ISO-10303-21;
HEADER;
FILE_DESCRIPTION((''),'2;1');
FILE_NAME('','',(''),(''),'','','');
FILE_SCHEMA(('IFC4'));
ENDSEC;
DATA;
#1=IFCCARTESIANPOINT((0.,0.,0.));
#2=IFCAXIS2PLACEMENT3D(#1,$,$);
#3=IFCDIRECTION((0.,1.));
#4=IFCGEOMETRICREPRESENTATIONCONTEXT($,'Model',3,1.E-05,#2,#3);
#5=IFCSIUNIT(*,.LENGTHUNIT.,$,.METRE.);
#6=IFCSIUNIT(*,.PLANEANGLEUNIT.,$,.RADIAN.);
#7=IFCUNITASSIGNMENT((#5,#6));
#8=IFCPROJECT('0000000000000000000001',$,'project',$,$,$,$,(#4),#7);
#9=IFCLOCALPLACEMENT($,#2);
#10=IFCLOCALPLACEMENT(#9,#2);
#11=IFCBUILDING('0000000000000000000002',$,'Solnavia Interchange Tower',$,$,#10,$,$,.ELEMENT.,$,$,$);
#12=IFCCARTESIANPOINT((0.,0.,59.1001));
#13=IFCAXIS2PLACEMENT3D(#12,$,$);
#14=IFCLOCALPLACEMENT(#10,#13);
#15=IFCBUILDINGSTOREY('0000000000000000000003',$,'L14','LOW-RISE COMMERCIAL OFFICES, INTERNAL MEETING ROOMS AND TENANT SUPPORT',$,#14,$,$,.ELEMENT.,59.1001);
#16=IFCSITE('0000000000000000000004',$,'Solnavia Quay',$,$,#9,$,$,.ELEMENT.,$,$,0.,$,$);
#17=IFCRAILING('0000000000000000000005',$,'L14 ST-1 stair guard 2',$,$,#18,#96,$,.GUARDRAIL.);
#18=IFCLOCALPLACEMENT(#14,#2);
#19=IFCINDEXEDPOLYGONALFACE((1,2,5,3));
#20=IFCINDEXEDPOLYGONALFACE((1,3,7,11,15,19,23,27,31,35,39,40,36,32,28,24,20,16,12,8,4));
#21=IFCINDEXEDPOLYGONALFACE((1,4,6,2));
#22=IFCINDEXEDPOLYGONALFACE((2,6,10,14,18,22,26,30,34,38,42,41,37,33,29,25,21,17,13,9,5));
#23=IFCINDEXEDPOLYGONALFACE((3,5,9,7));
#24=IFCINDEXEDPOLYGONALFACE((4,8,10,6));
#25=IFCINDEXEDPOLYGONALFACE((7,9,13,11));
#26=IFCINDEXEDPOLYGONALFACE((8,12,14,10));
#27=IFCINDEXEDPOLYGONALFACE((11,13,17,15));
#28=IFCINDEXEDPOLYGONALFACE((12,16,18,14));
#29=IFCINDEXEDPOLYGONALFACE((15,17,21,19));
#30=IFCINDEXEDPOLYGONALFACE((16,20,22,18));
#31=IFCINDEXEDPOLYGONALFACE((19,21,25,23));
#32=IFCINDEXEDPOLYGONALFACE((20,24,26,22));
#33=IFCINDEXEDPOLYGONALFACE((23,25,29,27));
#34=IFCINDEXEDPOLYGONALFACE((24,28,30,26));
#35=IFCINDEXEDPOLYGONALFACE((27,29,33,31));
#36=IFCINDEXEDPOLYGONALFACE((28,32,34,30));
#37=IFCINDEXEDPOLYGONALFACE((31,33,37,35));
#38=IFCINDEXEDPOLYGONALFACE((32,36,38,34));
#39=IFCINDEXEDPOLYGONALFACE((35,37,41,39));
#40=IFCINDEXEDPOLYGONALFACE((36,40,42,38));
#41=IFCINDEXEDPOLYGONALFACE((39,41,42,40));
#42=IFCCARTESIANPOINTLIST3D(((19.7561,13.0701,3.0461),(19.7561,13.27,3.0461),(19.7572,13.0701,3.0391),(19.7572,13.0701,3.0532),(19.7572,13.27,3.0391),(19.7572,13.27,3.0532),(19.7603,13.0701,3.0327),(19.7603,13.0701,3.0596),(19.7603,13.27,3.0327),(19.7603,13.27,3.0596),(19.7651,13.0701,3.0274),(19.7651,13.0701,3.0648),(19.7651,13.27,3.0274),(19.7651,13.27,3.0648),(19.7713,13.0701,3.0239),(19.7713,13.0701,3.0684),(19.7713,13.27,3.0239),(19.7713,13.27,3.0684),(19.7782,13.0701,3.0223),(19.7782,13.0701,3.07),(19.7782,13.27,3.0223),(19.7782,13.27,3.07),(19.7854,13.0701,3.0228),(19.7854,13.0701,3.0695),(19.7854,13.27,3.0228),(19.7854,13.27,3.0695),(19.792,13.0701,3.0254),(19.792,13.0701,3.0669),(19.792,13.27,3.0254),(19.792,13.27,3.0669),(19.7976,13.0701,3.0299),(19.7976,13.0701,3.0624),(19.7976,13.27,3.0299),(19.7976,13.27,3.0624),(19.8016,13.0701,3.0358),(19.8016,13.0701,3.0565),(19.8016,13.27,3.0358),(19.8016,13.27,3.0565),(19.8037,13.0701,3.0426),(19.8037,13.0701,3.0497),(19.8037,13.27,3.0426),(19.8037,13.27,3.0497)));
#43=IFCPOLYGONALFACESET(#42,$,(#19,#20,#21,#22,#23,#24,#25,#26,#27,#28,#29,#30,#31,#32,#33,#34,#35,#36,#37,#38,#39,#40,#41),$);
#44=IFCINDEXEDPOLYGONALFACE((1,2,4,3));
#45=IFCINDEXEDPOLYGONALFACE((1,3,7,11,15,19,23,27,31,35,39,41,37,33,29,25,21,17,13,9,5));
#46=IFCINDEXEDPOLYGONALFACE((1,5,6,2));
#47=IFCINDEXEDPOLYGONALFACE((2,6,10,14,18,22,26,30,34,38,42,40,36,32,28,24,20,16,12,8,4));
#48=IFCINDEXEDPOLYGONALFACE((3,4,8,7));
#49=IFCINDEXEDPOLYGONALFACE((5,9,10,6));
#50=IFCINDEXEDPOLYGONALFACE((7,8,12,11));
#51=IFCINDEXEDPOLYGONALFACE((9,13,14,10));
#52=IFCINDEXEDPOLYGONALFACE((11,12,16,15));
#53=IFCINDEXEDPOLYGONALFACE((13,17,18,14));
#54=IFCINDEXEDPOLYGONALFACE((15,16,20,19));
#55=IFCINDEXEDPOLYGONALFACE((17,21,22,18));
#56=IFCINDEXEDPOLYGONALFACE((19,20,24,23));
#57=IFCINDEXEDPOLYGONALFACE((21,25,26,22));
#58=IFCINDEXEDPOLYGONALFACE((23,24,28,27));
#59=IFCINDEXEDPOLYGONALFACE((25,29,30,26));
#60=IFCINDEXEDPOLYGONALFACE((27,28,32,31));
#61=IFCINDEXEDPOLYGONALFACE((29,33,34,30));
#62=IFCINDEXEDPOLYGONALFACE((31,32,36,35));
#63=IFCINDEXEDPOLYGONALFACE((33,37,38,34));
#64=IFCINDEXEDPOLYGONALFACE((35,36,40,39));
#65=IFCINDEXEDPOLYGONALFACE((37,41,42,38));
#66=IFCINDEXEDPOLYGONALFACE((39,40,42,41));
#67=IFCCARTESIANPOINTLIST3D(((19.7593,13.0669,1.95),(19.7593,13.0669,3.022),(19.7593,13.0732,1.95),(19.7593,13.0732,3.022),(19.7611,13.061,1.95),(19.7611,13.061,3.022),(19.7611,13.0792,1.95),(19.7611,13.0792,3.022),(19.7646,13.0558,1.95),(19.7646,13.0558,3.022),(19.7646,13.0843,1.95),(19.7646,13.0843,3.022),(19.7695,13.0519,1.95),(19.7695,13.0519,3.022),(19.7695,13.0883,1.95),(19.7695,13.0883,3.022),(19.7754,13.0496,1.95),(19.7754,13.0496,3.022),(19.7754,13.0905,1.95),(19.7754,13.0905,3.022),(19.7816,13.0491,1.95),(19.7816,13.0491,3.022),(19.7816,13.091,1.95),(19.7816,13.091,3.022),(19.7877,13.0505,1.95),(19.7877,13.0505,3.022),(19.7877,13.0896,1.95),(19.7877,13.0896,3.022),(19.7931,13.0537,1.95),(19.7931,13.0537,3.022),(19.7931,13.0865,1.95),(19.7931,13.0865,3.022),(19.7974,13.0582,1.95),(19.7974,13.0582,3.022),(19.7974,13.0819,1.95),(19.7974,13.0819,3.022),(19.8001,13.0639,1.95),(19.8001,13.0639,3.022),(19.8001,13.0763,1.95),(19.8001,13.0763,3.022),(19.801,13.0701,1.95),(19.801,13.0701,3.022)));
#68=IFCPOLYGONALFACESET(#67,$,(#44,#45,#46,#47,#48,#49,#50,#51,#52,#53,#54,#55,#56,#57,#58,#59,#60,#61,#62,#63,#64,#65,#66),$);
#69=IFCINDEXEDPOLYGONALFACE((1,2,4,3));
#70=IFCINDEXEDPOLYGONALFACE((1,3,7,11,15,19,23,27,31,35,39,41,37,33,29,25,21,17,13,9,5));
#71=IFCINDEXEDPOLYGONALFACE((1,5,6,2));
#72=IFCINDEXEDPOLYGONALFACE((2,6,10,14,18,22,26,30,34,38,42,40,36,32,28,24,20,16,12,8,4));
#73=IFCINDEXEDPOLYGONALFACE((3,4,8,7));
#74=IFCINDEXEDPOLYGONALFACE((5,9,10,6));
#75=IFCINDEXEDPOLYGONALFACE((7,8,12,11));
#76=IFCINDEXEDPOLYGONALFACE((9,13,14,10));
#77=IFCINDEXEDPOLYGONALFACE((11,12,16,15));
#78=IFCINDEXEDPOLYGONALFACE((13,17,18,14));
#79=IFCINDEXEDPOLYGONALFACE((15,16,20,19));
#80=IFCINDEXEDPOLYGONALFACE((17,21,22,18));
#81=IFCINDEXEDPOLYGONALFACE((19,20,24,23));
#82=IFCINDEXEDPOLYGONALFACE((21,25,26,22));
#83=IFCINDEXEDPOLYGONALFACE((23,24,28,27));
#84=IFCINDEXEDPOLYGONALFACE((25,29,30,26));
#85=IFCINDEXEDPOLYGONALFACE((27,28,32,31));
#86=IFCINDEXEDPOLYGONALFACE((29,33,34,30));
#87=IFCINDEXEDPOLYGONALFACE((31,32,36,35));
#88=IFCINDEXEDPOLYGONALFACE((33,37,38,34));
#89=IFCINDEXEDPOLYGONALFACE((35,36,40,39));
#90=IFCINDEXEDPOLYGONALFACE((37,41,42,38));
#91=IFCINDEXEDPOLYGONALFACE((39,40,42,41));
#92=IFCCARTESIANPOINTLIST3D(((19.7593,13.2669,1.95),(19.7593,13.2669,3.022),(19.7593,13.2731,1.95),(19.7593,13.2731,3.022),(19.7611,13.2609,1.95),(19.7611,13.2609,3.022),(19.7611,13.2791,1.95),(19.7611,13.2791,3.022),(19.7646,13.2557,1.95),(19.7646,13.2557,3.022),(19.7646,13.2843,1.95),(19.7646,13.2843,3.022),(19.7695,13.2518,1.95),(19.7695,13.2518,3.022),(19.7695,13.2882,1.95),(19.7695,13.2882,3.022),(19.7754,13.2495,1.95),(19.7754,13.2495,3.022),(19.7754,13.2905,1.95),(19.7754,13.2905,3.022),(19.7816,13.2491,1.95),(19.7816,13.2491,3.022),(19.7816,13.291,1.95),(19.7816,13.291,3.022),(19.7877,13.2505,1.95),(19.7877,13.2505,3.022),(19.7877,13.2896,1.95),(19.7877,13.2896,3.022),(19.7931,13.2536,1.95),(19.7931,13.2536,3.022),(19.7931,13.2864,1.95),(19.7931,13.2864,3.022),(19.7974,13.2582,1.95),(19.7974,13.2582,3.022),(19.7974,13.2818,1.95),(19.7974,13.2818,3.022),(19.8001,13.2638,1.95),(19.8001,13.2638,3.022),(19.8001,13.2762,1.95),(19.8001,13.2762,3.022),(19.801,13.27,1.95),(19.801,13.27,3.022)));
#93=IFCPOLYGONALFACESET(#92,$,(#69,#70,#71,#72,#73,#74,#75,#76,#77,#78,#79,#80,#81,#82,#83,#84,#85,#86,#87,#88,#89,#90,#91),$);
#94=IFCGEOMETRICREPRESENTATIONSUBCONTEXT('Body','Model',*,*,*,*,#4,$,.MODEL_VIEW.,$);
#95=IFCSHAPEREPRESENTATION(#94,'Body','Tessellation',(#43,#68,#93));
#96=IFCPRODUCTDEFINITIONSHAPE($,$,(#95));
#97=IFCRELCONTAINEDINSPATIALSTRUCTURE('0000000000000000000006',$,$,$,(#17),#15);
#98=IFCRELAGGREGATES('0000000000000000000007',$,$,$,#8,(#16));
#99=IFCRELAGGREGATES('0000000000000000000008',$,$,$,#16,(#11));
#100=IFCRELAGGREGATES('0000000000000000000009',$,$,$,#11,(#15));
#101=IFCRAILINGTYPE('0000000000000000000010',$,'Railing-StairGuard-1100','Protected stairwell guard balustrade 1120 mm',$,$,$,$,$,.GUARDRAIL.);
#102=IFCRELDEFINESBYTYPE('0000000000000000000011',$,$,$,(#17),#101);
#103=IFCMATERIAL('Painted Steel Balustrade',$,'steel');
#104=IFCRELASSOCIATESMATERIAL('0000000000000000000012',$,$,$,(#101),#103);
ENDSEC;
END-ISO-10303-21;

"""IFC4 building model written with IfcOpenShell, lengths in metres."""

from ifc_helpers import new_model, si_unit, direction, frame, origin, origin_2d, place, context, subcontext, project, spatial, circle, extrude, material, type_object, element, save


model = new_model("IFC4")

# Units and contexts
model_context = context("Model", 3, precision=1e-05, world=origin(), true_north=direction((0.0, 1.0)))
body_context = subcontext(model_context, "Body", "Model", "MODEL_VIEW")
ifc_project = project(units=[si_unit("LENGTHUNIT", "METRE"), si_unit("PLANEANGLEUNIT", "RADIAN")], contexts=[model_context])

# Site, building, storey
site_placement = place(None, origin())
site = spatial("IfcSite", under=ifc_project, at=site_placement, Name="Solnavia Quay", CompositionType="ELEMENT", RefElevation=0.0)
building_placement = place(site_placement, origin())
building = spatial("IfcBuilding", under=site, at=building_placement, Name="Solnavia Interchange Tower", CompositionType="ELEMENT")
storey_placement = place(building_placement, frame((0.0, 0.0, 59.1001)))
storey = spatial("IfcBuildingStorey", under=building, at=storey_placement, Name="L14", Description="LOW-RISE COMMERCIAL OFFICES, INTERNAL MEETING ROOMS AND TENANT SUPPORT", CompositionType="ELEMENT", Elevation=59.1001)

# Railing
ifc_material_1 = material(Name="Painted Steel Balustrade", Category="steel")
railing_type_1 = type_object("IfcRailingType", Name="Railing-StairGuard-1100", Description="Protected stairwell guard balustrade 1120 mm", PredefinedType="GUARDRAIL", material=ifc_material_1)
railing_1_placement = place(storey_placement, frame((19.78, 13.0701, 1.95)))
element("IfcRailing", 1, at=railing_1_placement, inside=storey, type_object=railing_type_1, Name="L14 ST-1 stair guard 2", PredefinedType="GUARDRAIL", context=body_context, shape_type="SweptSolid", body=[
    extrude(circle(Radius=0.0239, at=origin_2d()), frame((0.0, 0.0, 1.0962), z_axis=(0.0, 1.0, 0.0), x_axis=(-1.0, 0.0, 0.0)), (0.0, 0.0, 1.0), 0.2),
    extrude(circle(Radius=0.021, at=origin_2d()), origin(), (0.0, 0.0, 1.0), 1.072),
    extrude(circle(Radius=0.021, at=origin_2d()), frame((0.0, 0.2, 0.0)), (0.0, 0.0, 1.0), 1.072),
])

save(model, "model.ifc")
